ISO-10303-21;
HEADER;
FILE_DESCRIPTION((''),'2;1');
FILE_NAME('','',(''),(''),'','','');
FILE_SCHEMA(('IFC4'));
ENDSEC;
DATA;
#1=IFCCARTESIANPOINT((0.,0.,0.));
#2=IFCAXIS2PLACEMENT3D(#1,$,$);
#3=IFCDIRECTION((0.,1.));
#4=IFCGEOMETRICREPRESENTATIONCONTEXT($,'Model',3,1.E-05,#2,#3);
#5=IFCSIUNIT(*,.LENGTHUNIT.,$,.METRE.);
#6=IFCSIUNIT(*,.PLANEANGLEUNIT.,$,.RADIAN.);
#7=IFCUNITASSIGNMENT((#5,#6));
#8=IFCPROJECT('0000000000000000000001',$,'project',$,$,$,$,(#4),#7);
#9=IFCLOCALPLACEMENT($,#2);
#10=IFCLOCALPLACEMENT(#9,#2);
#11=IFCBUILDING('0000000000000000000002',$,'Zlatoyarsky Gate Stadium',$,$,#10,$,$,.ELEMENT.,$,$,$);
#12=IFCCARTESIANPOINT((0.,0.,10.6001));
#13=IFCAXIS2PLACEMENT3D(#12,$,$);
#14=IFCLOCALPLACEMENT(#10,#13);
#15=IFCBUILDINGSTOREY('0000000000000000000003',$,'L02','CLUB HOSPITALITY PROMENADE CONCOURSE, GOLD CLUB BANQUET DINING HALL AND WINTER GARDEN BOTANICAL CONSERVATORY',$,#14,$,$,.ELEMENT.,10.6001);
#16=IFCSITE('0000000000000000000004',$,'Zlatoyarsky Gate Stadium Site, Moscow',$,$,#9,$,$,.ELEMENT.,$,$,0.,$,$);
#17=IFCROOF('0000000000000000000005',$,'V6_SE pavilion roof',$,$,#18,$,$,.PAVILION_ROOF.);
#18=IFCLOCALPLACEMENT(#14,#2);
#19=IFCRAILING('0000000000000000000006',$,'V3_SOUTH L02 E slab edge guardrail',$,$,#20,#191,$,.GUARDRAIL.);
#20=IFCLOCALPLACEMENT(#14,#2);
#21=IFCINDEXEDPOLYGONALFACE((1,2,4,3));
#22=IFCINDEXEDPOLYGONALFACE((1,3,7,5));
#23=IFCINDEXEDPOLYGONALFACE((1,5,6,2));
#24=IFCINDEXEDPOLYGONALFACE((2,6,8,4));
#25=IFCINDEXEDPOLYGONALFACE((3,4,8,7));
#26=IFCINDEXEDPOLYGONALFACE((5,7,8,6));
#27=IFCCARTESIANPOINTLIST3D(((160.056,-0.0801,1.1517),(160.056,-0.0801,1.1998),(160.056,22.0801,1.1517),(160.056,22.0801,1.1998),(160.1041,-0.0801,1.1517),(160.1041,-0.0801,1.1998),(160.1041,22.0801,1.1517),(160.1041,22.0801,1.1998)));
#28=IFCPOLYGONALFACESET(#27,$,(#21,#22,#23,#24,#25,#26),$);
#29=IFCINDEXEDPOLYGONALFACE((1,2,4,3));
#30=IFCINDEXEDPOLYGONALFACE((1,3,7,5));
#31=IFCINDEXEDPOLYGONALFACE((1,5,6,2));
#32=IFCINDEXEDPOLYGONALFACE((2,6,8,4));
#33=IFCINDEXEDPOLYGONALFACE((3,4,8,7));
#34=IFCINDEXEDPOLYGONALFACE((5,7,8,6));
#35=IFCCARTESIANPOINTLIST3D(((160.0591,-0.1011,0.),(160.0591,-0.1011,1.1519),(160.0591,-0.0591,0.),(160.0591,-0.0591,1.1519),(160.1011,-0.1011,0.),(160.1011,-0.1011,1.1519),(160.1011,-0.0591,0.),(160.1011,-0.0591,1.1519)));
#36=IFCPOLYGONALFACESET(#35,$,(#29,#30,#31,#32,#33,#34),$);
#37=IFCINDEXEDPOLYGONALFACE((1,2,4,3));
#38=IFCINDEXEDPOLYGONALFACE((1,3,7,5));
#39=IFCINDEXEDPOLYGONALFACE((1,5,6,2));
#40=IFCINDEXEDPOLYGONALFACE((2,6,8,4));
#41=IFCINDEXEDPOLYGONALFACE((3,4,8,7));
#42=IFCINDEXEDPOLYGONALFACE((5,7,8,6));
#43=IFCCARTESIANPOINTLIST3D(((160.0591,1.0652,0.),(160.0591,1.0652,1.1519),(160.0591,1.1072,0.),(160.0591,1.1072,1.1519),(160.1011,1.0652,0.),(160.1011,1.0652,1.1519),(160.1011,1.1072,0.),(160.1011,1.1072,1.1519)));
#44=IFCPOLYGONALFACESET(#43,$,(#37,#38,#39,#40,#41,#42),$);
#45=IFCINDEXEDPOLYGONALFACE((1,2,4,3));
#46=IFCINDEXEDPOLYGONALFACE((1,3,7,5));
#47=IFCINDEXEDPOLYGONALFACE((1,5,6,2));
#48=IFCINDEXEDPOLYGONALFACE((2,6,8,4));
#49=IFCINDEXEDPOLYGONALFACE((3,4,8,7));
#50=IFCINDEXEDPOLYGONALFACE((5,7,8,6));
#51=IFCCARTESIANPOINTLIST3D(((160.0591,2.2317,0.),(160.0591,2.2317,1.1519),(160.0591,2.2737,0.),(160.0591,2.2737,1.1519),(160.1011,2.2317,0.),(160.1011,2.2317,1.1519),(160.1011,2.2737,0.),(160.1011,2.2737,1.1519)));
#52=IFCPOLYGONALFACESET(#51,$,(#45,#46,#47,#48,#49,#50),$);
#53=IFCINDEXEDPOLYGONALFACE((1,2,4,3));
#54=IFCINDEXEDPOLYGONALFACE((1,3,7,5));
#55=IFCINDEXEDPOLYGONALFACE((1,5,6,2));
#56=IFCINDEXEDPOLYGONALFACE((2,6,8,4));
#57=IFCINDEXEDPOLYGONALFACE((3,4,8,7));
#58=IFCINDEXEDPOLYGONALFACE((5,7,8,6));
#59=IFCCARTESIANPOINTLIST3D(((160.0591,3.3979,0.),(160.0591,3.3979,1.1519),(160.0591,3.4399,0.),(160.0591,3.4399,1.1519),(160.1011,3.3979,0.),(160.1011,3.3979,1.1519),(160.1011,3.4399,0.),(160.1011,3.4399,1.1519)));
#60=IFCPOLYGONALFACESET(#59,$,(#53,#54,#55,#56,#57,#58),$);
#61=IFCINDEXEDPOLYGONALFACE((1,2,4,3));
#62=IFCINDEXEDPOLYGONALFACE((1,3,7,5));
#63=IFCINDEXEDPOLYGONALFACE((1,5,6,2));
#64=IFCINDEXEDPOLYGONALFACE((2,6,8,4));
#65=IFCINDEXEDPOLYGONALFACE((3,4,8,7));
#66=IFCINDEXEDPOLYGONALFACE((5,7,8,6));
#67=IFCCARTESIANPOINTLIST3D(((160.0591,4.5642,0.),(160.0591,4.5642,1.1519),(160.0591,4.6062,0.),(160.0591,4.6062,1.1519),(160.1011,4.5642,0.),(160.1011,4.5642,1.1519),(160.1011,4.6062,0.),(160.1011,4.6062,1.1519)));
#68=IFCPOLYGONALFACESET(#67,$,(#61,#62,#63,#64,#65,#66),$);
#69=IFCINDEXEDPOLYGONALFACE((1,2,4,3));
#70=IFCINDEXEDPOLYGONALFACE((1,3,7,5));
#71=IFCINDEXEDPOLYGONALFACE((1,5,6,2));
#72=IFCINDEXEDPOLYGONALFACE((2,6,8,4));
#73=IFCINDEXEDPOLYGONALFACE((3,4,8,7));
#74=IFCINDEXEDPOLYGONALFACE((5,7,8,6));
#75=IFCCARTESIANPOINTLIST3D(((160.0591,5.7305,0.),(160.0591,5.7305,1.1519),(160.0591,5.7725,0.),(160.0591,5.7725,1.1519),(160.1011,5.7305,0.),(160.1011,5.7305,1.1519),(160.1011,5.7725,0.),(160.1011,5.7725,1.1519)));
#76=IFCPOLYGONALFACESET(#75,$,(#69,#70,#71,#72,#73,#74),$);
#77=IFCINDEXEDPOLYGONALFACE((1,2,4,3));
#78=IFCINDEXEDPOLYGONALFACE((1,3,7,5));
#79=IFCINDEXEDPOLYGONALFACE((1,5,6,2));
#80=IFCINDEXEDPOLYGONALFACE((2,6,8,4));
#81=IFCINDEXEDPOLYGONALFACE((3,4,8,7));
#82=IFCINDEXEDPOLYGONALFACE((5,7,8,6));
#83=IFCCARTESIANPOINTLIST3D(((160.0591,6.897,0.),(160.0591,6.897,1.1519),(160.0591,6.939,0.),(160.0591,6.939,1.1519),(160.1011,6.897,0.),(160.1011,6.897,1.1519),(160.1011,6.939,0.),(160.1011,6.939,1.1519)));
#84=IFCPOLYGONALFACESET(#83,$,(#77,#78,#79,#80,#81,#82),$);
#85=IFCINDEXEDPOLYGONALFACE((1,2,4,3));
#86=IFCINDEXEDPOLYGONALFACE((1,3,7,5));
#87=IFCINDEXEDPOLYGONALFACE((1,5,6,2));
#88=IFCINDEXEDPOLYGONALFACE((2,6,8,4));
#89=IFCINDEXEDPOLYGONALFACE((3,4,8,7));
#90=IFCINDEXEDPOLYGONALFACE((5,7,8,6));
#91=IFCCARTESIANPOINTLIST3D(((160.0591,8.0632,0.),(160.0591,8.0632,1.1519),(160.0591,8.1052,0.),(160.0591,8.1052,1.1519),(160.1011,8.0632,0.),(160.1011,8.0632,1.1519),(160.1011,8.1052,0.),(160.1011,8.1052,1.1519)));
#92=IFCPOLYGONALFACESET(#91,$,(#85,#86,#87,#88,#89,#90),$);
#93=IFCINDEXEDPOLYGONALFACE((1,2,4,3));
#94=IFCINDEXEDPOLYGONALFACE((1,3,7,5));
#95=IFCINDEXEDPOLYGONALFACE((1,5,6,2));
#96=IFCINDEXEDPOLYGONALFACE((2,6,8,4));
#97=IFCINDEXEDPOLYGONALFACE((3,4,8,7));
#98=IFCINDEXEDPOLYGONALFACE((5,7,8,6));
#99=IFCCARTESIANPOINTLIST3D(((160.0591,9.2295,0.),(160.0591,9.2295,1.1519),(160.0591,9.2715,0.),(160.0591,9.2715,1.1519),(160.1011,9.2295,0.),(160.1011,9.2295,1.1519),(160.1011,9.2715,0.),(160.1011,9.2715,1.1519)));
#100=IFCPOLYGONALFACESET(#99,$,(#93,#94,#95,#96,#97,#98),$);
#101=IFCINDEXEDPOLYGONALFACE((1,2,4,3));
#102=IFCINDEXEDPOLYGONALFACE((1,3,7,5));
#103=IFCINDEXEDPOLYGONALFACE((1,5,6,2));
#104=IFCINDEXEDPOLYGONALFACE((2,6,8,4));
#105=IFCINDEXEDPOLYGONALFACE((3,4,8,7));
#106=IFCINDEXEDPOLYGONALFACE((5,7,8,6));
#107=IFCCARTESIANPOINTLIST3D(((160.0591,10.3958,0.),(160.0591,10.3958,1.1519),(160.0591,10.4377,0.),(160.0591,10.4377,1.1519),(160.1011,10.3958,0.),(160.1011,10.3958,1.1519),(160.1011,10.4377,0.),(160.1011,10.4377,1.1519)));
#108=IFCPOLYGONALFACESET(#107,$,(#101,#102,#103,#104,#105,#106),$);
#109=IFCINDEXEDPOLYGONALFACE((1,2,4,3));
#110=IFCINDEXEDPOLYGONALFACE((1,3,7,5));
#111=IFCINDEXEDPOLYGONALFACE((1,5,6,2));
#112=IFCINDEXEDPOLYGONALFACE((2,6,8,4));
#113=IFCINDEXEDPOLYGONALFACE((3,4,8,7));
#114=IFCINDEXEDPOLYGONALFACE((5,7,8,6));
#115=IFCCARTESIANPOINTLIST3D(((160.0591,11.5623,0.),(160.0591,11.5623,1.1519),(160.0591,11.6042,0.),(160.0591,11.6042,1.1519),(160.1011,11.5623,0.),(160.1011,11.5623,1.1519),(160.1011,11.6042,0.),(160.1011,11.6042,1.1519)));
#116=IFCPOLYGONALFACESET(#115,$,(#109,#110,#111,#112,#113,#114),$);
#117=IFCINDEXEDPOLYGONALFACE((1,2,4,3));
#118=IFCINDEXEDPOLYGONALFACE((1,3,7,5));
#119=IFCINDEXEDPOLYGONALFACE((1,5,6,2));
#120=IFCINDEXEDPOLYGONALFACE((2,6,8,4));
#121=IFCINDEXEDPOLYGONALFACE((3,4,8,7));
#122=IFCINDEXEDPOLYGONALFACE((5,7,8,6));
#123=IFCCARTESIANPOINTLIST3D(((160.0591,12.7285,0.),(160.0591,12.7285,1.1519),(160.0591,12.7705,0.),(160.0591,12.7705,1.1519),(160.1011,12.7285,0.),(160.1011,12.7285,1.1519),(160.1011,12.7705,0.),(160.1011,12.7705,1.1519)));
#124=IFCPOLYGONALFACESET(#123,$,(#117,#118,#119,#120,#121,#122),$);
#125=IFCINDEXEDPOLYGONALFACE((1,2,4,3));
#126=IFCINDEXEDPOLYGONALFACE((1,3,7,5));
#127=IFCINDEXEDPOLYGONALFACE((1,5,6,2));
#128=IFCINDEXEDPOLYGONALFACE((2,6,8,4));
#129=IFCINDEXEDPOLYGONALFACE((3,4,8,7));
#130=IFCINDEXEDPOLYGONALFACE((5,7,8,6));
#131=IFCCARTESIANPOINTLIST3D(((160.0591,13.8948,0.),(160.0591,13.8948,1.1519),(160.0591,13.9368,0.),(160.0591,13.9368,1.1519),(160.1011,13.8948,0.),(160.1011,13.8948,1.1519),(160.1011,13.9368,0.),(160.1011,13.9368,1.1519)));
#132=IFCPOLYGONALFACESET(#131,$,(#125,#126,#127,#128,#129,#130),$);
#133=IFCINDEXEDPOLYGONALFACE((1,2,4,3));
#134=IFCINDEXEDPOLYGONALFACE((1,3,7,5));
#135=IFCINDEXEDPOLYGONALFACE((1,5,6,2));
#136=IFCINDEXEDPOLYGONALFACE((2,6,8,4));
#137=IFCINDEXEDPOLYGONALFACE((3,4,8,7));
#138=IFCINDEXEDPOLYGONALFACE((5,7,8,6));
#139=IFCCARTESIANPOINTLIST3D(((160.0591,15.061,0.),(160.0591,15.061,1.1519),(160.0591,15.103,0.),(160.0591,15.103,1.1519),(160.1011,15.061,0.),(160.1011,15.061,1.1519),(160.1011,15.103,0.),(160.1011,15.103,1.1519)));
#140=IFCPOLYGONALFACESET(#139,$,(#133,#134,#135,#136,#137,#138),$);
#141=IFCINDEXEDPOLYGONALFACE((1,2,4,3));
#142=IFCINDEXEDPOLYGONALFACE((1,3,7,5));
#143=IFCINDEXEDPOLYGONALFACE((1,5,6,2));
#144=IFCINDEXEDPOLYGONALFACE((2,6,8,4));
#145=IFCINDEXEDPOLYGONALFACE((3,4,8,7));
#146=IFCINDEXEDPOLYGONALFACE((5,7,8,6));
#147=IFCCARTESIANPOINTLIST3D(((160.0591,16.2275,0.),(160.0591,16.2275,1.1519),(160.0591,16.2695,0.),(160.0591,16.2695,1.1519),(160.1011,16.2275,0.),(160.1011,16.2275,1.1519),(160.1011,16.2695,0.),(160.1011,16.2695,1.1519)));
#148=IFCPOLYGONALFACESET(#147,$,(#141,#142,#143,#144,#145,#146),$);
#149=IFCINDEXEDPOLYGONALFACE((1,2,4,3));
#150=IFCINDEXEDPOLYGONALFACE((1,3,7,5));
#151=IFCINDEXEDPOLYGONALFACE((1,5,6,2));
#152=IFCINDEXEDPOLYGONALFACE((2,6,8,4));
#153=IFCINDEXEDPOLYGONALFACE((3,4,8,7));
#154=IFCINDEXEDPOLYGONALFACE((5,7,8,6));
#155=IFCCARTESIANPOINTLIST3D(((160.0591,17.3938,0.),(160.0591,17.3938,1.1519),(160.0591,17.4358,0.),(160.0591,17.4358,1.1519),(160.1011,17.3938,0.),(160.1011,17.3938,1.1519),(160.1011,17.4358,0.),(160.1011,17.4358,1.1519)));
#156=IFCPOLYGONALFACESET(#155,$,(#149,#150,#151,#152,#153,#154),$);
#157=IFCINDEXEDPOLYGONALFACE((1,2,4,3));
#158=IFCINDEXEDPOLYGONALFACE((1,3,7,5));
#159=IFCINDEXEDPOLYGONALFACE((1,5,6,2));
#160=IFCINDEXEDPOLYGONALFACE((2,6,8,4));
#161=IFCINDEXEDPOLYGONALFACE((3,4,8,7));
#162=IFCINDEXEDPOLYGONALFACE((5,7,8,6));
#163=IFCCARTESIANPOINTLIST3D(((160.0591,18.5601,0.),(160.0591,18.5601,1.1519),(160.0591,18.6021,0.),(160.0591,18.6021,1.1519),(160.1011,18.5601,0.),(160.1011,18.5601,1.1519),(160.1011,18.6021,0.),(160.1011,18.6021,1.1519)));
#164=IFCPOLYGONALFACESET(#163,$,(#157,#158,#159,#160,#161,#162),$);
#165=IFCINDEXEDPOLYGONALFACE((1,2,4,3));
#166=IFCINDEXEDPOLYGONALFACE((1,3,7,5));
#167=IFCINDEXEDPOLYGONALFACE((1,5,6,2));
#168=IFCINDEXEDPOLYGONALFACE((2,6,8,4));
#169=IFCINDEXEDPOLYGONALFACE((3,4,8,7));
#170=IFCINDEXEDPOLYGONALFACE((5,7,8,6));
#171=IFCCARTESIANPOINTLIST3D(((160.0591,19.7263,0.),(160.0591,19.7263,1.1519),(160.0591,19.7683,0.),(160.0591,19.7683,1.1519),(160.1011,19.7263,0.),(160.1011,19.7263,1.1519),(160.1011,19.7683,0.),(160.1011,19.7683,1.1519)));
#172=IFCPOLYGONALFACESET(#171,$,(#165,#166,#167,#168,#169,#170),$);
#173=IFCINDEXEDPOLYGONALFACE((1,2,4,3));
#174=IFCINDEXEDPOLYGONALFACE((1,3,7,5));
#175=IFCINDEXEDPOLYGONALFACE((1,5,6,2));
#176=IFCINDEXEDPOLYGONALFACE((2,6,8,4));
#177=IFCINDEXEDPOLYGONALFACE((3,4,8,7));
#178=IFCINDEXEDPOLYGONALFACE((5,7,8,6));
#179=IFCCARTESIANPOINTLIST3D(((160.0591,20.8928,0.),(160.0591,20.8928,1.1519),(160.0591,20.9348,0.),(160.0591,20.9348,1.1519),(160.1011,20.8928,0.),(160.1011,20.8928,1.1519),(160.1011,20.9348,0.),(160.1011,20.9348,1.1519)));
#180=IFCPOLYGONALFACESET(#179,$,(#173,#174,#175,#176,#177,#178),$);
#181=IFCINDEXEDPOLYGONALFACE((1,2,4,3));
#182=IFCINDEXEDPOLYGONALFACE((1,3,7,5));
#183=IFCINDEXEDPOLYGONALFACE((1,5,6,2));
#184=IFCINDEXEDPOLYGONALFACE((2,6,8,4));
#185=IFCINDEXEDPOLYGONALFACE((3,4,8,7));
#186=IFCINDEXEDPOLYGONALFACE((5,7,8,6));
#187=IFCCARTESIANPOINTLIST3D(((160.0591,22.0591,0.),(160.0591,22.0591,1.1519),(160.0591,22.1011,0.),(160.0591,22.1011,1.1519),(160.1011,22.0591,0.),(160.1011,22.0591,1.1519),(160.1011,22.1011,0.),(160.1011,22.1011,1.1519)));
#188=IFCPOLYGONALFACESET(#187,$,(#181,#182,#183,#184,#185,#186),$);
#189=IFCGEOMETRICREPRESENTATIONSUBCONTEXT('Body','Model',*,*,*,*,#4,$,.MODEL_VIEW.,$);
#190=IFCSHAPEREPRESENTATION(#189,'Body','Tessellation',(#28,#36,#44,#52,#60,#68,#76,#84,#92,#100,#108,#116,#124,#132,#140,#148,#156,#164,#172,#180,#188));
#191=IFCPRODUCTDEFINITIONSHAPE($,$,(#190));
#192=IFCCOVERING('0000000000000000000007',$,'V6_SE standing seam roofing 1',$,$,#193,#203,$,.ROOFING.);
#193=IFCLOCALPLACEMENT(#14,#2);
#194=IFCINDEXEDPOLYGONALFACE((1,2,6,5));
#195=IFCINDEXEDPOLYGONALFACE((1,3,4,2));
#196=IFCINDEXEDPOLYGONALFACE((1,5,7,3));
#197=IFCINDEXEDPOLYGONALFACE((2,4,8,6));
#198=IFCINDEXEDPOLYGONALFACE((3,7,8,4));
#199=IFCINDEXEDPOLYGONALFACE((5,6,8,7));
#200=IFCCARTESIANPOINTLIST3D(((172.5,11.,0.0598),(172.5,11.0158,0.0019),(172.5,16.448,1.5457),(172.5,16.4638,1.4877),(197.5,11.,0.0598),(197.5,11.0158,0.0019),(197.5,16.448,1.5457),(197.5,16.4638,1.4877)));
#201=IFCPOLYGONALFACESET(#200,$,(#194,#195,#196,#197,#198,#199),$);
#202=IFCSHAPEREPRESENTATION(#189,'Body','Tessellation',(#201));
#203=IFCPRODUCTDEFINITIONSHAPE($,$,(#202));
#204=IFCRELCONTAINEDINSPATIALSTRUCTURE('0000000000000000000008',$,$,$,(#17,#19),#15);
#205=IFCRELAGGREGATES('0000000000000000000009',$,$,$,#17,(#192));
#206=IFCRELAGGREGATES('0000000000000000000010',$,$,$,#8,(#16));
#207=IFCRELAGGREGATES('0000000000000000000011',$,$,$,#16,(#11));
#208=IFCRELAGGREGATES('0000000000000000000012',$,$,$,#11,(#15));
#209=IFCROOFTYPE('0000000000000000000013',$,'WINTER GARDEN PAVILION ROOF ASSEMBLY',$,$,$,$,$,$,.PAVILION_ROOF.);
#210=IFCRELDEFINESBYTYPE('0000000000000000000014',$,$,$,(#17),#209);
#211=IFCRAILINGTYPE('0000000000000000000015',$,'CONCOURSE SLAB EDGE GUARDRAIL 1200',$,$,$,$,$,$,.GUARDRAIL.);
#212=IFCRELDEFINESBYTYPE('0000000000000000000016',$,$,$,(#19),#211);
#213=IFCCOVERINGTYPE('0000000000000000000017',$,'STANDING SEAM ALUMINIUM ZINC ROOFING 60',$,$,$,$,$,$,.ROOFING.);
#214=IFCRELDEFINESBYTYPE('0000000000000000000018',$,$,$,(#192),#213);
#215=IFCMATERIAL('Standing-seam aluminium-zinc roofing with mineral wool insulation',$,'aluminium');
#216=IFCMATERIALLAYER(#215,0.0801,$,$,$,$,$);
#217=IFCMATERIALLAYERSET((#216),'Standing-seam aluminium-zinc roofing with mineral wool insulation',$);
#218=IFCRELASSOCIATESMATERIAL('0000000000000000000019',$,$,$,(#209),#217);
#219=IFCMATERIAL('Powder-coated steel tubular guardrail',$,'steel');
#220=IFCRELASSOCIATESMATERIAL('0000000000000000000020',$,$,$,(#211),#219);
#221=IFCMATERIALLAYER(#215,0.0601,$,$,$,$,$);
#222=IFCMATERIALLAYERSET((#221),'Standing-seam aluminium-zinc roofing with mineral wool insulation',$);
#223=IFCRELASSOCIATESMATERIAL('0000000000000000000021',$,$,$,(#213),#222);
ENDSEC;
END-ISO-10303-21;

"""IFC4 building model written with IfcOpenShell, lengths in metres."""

from ifc_helpers import new_model, si_unit, direction, frame, origin, origin_2d, place, context, subcontext, project, spatial, polyline, rectangle, outline, extrude, material, layer, layer_set, type_object, element, aggregate, save


model = new_model("IFC4")

# Units and contexts
model_context = context("Model", 3, precision=1e-05, world=origin(), true_north=direction((0.0, 1.0)))
body_context = subcontext(model_context, "Body", "Model", "MODEL_VIEW")
ifc_project = project(units=[si_unit("LENGTHUNIT", "METRE"), si_unit("PLANEANGLEUNIT", "RADIAN")], contexts=[model_context])

# Site, building, storey
site_placement = place(None, origin())
site = spatial("IfcSite", under=ifc_project, at=site_placement, Name="Zlatoyarsky Gate Stadium Site, Moscow", CompositionType="ELEMENT", RefElevation=0.0)
building_placement = place(site_placement, origin())
building = spatial("IfcBuilding", under=site, at=building_placement, Name="Zlatoyarsky Gate Stadium", CompositionType="ELEMENT")
storey_placement = place(building_placement, frame((0.0, 0.0, 10.6001)))
storey = spatial("IfcBuildingStorey", under=building, at=storey_placement, Name="L02", Description="CLUB HOSPITALITY PROMENADE CONCOURSE, GOLD CLUB BANQUET DINING HALL AND WINTER GARDEN BOTANICAL CONSERVATORY", CompositionType="ELEMENT", Elevation=10.6001)

# Roof
ifc_material_1 = material(Name="Standing-seam aluminium-zinc roofing with mineral wool insulation", Category="aluminium")
ifc_layer_1 = layer(ifc_material_1, 0.0801)
ifc_layer_set_1 = layer_set([ifc_layer_1], Name="Standing-seam aluminium-zinc roofing with mineral wool insulation")
roof_type = type_object("IfcRoofType", Name="WINTER GARDEN PAVILION ROOF ASSEMBLY", PredefinedType="PAVILION_ROOF", material=ifc_layer_set_1)
roof_placement = place(storey_placement, origin())
roof = element("IfcRoof", 1, at=roof_placement, inside=storey, type_object=roof_type, Name="V6_SE pavilion roof", PredefinedType="PAVILION_ROOF")

# Railing
ifc_material_2 = material(Name="Powder-coated steel tubular guardrail", Category="steel")
railing_type = type_object("IfcRailingType", Name="CONCOURSE SLAB EDGE GUARDRAIL 1200", PredefinedType="GUARDRAIL", material=ifc_material_2)
railing_1_placement = place(storey_placement, frame((160.0801, -0.0801, 0.0)))
element("IfcRailing", 2, at=railing_1_placement, inside=storey, type_object=railing_type, Name="V3_SOUTH L02 E slab edge guardrail", PredefinedType="GUARDRAIL", context=body_context, shape_type="SweptSolid", body=[
    extrude(rectangle(XDim=0.0481, YDim=0.0481, at=origin_2d()), frame((0.0, 0.0, 1.1758), z_axis=(0.0, 1.0, 0.0), x_axis=(-1.0, 0.0, 0.0)), (0.0, 0.0, 1.0), 22.1602),
    extrude(rectangle(XDim=0.042, YDim=0.042, at=origin_2d()), origin(), (0.0, 0.0, 1.0), 1.1519),
    extrude(rectangle(XDim=0.042, YDim=0.042, at=origin_2d()), frame((0.0, 1.1663, 0.0)), (0.0, 0.0, 1.0), 1.1519),
    extrude(rectangle(XDim=0.042, YDim=0.042, at=origin_2d()), frame((0.0, 2.3328, 0.0)), (0.0, 0.0, 1.0), 1.1519),
    extrude(rectangle(XDim=0.042, YDim=0.042, at=origin_2d()), frame((0.0, 3.499, 0.0)), (0.0, 0.0, 1.0), 1.1519),
    extrude(rectangle(XDim=0.042, YDim=0.042, at=origin_2d()), frame((0.0, 4.6653, 0.0)), (0.0, 0.0, 1.0), 1.1519),
    extrude(rectangle(XDim=0.042, YDim=0.042, at=origin_2d()), frame((0.0, 5.8315, 0.0)), (0.0, 0.0, 1.0), 1.1519),
    extrude(rectangle(XDim=0.042, YDim=0.042, at=origin_2d()), frame((0.0, 6.998, 0.0)), (0.0, 0.0, 1.0), 1.1519),
    extrude(rectangle(XDim=0.042, YDim=0.042, at=origin_2d()), frame((0.0, 8.1643, 0.0)), (0.0, 0.0, 1.0), 1.1519),
    extrude(rectangle(XDim=0.042, YDim=0.042, at=origin_2d()), frame((0.0, 9.3306, 0.0)), (0.0, 0.0, 1.0), 1.1519),
    extrude(rectangle(XDim=0.042, YDim=0.042, at=origin_2d()), frame((0.0, 10.4968, 0.0)), (0.0, 0.0, 1.0), 1.1519),
    extrude(rectangle(XDim=0.042, YDim=0.042, at=origin_2d()), frame((0.0, 11.6633, 0.0)), (0.0, 0.0, 1.0), 1.1519),
    extrude(rectangle(XDim=0.042, YDim=0.042, at=origin_2d()), frame((0.0, 12.8296, 0.0)), (0.0, 0.0, 1.0), 1.1519),
    extrude(rectangle(XDim=0.042, YDim=0.042, at=origin_2d()), frame((0.0, 13.9958, 0.0)), (0.0, 0.0, 1.0), 1.1519),
    extrude(rectangle(XDim=0.042, YDim=0.042, at=origin_2d()), frame((0.0, 15.1621, 0.0)), (0.0, 0.0, 1.0), 1.1519),
    extrude(rectangle(XDim=0.042, YDim=0.042, at=origin_2d()), frame((0.0, 16.3286, 0.0)), (0.0, 0.0, 1.0), 1.1519),
    extrude(rectangle(XDim=0.042, YDim=0.042, at=origin_2d()), frame((0.0, 17.4949, 0.0)), (0.0, 0.0, 1.0), 1.1519),
    extrude(rectangle(XDim=0.042, YDim=0.042, at=origin_2d()), frame((0.0, 18.6611, 0.0)), (0.0, 0.0, 1.0), 1.1519),
    extrude(rectangle(XDim=0.042, YDim=0.042, at=origin_2d()), frame((0.0, 19.8274, 0.0)), (0.0, 0.0, 1.0), 1.1519),
    extrude(rectangle(XDim=0.042, YDim=0.042, at=origin_2d()), frame((0.0, 20.9939, 0.0)), (0.0, 0.0, 1.0), 1.1519),
    extrude(rectangle(XDim=0.042, YDim=0.042, at=origin_2d()), frame((0.0, 22.1602, 0.0)), (0.0, 0.0, 1.0), 1.1519),
])

# Covering
ifc_layer_2 = layer(ifc_material_1, 0.0601)
ifc_layer_set_2 = layer_set([ifc_layer_2], Name="Standing-seam aluminium-zinc roofing with mineral wool insulation")
covering_type = type_object("IfcCoveringType", Name="STANDING SEAM ALUMINIUM ZINC ROOFING 60", PredefinedType="ROOFING", material=ifc_layer_set_2)
covering_placement = place(storey_placement, frame((172.5, 11.0, 0.0598), z_axis=(0.0, -0.263121, 0.964763), x_axis=(1.0, 0.0, 0.0)))
covering = element("IfcCovering", 3, at=covering_placement, type_object=covering_type, Name="V6_SE standing seam roofing 1", PredefinedType="ROOFING", context=body_context, shape_type="SweptSolid", body=[
    extrude(outline(polyline([(0.0, 0.0), (25.0, 0.0), (25.0, 5.647), (0.0, 5.647), (0.0, 0.0)])), origin(), (0.0, 0.0, -1.0), 0.0601),
])
aggregate(roof, [covering])

save(model, "model.ifc")
